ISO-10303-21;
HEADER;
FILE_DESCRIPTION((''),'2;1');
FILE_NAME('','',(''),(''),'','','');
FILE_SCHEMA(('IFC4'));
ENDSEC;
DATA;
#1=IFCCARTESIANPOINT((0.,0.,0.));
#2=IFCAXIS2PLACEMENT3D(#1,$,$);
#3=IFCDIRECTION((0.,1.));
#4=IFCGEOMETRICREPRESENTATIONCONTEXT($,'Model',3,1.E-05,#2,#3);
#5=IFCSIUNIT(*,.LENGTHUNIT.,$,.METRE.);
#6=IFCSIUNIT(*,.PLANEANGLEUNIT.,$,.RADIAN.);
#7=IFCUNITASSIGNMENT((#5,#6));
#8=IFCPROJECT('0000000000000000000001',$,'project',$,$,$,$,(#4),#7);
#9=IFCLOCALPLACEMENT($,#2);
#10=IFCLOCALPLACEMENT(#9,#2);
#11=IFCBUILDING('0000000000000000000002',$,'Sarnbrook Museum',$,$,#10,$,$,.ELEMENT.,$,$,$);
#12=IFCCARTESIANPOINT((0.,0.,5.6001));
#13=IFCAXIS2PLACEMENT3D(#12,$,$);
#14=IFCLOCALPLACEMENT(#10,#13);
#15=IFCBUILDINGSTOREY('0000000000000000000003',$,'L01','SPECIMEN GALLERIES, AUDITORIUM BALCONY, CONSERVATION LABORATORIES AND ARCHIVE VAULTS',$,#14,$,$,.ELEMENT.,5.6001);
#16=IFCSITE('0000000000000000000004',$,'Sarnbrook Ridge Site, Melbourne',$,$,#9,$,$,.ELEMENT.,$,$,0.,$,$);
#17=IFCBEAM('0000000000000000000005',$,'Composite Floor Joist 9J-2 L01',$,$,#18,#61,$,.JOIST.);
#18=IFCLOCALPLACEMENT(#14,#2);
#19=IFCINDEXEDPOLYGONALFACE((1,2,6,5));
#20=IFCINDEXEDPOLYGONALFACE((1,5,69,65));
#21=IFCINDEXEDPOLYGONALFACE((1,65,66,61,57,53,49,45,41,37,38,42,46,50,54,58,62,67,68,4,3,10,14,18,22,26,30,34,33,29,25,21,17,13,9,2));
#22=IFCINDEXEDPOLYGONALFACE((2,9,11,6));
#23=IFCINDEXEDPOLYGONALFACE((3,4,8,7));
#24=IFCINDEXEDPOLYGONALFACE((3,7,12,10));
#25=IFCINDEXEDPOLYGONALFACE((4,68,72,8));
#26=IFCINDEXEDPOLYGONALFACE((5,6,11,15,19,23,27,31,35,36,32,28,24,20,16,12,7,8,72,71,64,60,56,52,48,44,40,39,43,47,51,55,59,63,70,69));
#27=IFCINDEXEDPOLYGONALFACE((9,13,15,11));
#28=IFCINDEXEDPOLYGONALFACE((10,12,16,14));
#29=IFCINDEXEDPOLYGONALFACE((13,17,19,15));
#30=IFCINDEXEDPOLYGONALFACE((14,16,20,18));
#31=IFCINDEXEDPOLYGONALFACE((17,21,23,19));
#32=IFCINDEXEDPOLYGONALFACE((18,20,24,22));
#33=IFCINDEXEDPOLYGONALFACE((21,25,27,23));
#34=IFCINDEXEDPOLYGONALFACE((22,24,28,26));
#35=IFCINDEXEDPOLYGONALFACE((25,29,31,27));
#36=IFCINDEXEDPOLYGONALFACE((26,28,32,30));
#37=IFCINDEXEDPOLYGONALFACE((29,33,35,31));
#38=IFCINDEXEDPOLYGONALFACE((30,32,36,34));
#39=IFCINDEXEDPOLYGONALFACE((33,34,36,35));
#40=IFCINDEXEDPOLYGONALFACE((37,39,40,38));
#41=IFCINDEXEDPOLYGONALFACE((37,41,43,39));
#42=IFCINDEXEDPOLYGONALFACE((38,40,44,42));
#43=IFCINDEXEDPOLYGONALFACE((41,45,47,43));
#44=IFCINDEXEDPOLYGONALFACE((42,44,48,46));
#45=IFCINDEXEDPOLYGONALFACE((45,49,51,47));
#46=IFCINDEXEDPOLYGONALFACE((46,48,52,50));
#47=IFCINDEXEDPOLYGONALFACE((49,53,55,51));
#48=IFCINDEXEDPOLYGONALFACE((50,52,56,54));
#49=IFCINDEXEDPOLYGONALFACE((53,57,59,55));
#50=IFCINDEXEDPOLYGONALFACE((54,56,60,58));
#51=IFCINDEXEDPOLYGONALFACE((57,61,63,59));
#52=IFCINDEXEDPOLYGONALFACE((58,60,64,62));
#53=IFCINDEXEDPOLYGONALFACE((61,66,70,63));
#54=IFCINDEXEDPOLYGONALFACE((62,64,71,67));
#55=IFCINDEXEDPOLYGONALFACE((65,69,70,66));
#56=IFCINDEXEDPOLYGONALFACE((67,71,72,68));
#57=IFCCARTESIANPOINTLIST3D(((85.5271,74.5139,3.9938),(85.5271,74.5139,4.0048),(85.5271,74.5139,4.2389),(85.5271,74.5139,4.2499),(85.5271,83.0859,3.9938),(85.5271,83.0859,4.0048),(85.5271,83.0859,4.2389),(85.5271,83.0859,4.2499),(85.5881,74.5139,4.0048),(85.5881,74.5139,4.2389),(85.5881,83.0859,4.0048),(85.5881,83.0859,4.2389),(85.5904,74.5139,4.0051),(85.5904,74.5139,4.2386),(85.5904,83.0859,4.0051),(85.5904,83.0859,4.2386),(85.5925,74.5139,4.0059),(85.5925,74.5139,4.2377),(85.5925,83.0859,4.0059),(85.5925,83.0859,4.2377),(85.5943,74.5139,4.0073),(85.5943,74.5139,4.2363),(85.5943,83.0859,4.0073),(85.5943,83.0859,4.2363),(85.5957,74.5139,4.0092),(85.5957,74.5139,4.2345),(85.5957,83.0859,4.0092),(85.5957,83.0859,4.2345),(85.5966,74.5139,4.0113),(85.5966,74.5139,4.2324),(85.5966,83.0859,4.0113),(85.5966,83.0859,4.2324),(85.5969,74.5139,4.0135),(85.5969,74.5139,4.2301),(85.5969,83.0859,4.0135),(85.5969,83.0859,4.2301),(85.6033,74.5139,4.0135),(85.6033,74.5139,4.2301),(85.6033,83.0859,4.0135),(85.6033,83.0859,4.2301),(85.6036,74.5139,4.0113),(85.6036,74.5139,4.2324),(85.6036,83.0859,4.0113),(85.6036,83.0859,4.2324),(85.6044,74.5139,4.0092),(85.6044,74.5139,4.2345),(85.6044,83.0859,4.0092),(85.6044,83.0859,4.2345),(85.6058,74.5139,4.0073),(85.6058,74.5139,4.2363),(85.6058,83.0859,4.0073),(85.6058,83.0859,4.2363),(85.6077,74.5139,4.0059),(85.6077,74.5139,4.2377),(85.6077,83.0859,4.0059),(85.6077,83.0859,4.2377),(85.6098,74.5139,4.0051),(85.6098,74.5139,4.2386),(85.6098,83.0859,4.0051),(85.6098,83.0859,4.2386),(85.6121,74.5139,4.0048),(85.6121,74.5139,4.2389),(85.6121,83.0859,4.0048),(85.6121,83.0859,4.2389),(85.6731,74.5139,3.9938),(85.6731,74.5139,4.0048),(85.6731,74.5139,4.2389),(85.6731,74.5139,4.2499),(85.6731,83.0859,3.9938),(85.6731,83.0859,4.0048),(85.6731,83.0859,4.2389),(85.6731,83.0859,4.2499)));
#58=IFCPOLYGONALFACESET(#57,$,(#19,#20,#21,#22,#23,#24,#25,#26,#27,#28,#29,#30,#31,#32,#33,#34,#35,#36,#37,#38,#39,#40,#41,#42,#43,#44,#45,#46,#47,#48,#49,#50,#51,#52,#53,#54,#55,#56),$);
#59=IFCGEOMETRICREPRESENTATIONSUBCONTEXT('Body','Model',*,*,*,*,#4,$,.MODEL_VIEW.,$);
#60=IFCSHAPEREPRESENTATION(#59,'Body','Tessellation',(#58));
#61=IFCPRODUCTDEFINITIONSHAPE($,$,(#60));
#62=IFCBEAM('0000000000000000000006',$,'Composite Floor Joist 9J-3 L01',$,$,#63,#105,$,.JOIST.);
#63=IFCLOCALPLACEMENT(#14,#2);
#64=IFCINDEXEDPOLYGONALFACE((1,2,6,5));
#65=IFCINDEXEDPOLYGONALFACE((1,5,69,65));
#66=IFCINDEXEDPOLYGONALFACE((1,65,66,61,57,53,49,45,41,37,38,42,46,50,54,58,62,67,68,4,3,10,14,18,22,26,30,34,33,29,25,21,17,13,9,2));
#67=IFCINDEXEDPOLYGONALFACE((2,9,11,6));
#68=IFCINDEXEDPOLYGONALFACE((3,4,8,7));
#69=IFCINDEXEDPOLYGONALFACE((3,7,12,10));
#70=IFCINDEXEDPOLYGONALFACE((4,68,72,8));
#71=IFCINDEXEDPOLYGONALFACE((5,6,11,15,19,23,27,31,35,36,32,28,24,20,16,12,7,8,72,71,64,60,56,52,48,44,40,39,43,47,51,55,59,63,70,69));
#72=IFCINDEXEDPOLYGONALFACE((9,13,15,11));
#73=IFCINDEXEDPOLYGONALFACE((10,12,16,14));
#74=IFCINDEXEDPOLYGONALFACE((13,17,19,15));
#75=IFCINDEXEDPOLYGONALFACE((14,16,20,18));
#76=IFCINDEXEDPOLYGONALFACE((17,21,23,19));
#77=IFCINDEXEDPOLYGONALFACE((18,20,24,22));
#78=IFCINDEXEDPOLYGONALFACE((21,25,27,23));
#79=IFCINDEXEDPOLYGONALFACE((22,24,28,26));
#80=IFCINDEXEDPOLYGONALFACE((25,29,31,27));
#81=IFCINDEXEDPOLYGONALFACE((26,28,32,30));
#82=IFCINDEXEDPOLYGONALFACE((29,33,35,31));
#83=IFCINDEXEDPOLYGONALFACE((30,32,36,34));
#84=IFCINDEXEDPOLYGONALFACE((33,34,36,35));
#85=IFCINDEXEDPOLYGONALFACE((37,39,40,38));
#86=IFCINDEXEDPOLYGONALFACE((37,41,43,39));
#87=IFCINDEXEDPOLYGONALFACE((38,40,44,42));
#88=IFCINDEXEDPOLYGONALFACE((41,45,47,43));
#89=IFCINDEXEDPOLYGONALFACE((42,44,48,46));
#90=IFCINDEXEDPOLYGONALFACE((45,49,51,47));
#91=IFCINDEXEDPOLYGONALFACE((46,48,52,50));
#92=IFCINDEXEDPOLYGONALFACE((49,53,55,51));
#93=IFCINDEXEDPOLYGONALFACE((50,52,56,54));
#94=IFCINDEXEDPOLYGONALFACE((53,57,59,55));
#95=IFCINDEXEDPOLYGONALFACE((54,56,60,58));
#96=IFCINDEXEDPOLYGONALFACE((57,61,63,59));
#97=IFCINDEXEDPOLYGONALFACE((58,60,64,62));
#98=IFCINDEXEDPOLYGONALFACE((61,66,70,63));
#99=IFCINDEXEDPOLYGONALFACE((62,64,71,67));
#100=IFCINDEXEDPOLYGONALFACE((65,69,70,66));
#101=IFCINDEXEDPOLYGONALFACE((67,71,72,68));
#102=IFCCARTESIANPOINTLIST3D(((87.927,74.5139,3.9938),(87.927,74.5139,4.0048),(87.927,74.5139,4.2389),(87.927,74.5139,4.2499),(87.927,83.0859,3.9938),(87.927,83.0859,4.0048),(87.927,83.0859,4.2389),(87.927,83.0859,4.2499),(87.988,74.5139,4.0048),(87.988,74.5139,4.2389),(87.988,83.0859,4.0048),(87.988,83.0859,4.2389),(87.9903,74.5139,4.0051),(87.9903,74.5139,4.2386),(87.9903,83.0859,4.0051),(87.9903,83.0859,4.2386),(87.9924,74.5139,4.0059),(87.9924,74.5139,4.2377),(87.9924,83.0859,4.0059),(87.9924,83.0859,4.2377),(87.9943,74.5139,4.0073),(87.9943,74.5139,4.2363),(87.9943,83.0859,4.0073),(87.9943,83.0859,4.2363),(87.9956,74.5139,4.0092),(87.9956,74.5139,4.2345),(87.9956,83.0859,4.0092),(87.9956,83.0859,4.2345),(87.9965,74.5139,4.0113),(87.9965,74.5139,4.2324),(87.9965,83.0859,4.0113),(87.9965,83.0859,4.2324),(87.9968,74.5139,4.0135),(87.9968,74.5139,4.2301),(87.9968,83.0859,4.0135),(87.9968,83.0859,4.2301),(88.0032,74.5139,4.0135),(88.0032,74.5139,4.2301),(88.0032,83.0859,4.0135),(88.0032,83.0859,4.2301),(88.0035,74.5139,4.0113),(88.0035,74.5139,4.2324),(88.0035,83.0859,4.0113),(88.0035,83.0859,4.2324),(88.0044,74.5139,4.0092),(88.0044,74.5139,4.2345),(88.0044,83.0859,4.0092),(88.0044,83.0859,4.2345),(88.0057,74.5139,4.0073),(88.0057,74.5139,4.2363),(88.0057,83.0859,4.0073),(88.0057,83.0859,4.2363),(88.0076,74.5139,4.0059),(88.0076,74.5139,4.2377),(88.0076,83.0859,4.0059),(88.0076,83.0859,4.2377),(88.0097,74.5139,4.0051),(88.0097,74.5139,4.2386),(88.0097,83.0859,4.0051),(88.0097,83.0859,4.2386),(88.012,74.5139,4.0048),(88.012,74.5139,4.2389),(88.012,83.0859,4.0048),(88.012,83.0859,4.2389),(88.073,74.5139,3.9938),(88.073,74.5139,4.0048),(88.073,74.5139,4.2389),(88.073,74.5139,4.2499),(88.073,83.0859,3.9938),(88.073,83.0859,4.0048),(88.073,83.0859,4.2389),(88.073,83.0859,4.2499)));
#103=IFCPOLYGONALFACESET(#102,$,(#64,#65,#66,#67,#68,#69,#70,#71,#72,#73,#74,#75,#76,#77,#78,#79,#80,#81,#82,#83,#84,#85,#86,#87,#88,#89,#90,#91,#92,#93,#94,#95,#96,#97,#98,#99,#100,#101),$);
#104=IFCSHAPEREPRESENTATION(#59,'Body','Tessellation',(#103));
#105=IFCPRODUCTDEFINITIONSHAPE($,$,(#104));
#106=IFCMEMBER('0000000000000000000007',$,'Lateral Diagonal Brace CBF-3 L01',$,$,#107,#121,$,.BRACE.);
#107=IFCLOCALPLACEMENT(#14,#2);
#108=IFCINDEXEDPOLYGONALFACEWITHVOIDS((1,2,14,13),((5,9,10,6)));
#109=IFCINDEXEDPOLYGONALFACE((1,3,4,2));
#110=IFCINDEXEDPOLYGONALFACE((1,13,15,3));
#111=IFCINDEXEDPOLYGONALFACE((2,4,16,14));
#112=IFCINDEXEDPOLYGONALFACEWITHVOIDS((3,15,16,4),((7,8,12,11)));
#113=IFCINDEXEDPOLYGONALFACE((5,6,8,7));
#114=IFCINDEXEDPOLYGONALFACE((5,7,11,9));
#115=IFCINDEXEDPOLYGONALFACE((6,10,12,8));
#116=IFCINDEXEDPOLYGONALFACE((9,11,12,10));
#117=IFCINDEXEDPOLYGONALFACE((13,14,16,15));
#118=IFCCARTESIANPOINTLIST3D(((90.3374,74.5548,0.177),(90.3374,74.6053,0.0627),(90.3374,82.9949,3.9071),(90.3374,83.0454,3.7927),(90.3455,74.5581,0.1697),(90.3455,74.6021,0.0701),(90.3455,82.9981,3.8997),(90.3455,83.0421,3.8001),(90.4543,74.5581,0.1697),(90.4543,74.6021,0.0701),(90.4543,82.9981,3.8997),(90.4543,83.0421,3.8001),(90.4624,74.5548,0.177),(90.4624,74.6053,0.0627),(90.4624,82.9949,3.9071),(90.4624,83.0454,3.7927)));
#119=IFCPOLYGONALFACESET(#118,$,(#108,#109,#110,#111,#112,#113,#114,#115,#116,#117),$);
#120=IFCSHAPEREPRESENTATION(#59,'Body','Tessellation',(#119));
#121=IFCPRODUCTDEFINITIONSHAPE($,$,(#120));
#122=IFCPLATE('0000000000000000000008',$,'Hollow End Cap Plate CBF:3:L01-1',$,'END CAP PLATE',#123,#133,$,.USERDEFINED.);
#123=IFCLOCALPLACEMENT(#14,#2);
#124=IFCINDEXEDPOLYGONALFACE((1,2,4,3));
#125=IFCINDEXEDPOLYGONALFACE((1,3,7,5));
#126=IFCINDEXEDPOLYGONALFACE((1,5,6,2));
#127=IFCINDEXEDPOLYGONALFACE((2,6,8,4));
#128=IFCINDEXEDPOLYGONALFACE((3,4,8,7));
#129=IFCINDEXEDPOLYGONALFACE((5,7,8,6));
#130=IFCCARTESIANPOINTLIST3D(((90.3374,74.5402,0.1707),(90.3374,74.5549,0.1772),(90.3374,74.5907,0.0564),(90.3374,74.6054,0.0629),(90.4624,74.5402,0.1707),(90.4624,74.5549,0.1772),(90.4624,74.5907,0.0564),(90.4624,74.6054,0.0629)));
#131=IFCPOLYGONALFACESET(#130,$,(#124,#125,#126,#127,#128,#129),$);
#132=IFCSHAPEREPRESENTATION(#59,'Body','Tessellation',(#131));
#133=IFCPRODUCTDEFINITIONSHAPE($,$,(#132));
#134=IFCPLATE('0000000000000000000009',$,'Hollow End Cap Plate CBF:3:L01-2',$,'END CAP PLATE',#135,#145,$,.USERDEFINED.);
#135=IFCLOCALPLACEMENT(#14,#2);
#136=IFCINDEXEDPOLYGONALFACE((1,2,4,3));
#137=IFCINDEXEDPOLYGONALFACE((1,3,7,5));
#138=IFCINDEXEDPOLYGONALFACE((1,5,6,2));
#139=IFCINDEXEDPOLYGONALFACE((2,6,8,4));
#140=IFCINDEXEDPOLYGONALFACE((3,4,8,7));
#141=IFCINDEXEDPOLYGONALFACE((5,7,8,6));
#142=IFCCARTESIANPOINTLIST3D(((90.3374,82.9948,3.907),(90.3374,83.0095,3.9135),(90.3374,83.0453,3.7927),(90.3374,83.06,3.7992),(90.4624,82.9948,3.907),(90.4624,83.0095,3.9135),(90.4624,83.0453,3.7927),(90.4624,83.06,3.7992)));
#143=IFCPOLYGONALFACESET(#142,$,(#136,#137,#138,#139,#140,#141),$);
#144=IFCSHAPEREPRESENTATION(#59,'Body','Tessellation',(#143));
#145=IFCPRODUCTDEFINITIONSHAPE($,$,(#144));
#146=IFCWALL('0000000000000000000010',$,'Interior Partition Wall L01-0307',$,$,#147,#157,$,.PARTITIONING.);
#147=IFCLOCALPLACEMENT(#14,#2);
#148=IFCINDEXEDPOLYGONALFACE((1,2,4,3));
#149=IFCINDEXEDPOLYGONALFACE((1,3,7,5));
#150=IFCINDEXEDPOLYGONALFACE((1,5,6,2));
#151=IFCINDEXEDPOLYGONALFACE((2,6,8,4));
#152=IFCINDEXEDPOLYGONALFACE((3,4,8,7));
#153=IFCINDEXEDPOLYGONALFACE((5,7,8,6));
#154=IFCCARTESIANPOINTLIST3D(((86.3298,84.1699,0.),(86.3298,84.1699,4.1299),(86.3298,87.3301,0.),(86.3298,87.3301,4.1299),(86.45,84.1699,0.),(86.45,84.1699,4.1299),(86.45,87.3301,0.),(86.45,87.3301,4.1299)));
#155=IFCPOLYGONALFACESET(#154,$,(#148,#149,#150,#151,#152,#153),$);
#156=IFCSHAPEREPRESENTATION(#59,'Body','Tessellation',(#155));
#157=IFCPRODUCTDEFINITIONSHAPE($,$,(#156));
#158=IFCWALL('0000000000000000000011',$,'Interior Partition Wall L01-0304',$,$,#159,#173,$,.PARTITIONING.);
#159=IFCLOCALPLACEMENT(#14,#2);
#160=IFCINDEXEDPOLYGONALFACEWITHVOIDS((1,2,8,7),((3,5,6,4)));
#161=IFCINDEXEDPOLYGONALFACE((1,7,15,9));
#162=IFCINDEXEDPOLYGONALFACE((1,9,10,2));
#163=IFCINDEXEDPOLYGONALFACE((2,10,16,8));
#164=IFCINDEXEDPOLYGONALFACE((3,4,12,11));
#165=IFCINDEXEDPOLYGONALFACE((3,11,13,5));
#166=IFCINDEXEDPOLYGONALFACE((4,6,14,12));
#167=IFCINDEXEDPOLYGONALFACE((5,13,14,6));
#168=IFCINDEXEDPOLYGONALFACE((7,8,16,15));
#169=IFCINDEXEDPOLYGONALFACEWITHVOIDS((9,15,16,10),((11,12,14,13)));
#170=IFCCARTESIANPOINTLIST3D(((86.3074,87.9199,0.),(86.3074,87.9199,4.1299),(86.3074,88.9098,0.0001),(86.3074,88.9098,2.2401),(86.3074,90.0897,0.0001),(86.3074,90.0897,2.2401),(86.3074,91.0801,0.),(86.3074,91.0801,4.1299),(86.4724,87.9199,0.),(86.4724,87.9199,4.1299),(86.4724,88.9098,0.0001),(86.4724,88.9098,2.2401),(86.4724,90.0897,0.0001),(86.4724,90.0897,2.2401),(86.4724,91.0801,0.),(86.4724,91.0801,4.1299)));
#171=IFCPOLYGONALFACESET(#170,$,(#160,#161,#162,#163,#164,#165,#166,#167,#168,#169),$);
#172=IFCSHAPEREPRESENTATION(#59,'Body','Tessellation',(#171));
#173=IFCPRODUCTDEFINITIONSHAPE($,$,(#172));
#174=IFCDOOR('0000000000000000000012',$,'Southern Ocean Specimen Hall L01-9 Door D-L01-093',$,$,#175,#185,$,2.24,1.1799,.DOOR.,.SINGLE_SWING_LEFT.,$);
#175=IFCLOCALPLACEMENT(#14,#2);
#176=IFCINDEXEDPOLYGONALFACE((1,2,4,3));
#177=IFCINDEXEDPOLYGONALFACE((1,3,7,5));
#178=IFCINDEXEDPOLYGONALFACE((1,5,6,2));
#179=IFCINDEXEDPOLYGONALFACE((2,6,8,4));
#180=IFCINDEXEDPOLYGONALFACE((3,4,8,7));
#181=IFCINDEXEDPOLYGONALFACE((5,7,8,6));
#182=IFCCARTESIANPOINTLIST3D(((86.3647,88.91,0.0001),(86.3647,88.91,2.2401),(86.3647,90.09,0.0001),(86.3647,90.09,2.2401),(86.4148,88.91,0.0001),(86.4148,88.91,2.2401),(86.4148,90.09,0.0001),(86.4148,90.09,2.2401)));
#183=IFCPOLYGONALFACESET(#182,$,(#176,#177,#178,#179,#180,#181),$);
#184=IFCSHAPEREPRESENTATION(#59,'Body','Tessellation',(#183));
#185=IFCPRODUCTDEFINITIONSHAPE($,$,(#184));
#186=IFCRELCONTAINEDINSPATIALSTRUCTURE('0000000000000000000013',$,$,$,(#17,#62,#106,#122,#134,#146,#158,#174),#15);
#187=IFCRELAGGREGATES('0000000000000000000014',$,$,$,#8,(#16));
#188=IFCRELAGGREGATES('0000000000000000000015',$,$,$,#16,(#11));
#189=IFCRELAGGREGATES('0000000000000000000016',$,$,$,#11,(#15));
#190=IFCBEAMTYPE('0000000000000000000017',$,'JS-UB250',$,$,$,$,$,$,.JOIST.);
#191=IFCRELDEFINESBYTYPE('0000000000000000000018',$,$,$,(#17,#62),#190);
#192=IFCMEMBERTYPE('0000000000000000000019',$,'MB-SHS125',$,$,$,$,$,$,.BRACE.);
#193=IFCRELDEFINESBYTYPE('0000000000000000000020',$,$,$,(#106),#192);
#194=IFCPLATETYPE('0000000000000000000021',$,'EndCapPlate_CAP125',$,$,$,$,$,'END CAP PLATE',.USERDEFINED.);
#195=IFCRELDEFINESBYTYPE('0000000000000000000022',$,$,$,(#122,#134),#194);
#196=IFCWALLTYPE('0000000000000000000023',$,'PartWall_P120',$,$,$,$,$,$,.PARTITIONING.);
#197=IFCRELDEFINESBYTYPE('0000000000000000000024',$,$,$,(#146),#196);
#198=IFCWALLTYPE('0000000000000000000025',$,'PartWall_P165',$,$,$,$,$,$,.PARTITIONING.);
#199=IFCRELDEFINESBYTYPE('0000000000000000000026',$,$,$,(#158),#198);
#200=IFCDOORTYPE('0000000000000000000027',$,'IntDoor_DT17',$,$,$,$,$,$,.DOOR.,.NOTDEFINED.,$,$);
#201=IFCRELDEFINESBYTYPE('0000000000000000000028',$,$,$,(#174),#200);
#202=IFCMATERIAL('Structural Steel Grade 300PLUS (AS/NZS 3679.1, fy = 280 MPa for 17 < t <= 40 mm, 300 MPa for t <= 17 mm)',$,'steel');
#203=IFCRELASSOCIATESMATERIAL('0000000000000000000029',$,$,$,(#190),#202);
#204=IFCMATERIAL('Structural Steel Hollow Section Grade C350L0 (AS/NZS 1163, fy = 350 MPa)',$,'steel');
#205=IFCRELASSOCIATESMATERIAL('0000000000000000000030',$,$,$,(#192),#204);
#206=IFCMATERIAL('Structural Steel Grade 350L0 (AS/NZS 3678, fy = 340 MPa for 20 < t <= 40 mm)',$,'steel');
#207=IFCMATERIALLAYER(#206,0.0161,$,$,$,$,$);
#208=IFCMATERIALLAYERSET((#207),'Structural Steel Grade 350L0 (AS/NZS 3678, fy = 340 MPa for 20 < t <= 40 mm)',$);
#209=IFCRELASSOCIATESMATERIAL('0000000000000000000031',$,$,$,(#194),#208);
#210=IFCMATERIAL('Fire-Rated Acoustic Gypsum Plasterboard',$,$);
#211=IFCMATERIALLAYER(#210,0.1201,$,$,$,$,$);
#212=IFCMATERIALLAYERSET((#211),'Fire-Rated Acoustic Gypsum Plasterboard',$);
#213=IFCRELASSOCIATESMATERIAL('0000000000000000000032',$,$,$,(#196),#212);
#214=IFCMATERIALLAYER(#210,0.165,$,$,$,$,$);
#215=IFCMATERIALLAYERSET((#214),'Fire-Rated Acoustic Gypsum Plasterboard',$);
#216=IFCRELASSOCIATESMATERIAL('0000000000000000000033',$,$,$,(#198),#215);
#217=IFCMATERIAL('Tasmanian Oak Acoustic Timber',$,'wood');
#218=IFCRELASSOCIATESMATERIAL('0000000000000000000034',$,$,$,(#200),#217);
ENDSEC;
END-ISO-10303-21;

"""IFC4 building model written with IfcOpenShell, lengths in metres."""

from ifc_helpers import new_model, si_unit, direction, frame, frame_2d, origin, origin_2d, place, context, subcontext, project, spatial, rectangle, hollow_rectangle, i_section, extrude, material, layer, layer_set, material_profile, profile_set, type_object, element, fill, save


model = new_model("IFC4")

# Units and contexts
model_context = context("Model", 3, precision=1e-05, world=origin(), true_north=direction((0.0, 1.0)))
body_context = subcontext(model_context, "Body", "Model", "MODEL_VIEW")
ifc_project = project(units=[si_unit("LENGTHUNIT", "METRE"), si_unit("PLANEANGLEUNIT", "RADIAN")], contexts=[model_context])

# Site, building, storey
site_placement = place(None, origin())
site = spatial("IfcSite", under=ifc_project, at=site_placement, Name="Sarnbrook Ridge Site, Melbourne", CompositionType="ELEMENT", RefElevation=0.0)
building_placement = place(site_placement, origin())
building = spatial("IfcBuilding", under=site, at=building_placement, Name="Sarnbrook Museum", CompositionType="ELEMENT")
storey_placement = place(building_placement, frame((0.0, 0.0, 5.6001)))
storey = spatial("IfcBuildingStorey", under=building, at=storey_placement, Name="L01", Description="SPECIMEN GALLERIES, AUDITORIUM BALCONY, CONSERVATION LABORATORIES AND ARCHIVE VAULTS", CompositionType="ELEMENT", Elevation=5.6001)

# Shared definitions
ifc_material_1 = material(Name="Structural Steel Grade 350L0 (AS/NZS 3678, fy = 340 MPa for 20 < t <= 40 mm)", Category="steel")

# Beams
ifc_material_2 = material(Name="Structural Steel Grade 300PLUS (AS/NZS 3679.1, fy = 280 MPa for 17 < t <= 40 mm, 300 MPa for t <= 17 mm)", Category="steel")
ifc_material_profile_1 = material_profile(ifc_material_2, i_section(OverallWidth=0.146, OverallDepth=0.2561, WebThickness=0.0063, FlangeThickness=0.011, FilletRadius=0.0088, at=origin_2d()), Name="250UB37.3")
ifc_profile_set_1 = profile_set([ifc_material_profile_1], Name="Structural Steel Grade 300PLUS (AS/NZS 3679.1, fy = 280 MPa for 17 < t <= 40 mm, 300 MPa for t <= 17 mm)")
beam_type_1 = type_object("IfcBeamType", Name="JS-UB250", PredefinedType="JOIST", material=ifc_profile_set_1)
for number, where, z_axis, x_axis, name in (
    (1, (85.6001, 74.5139, 4.1218), (0.0, 1.0, 0.0), (-1.0, 0.0, 0.0), "Composite Floor Joist 9J-2 L01"),
    (2, (88.0, 74.5139, 4.1218), (0.0, 1.0, 0.0), (-1.0, 0.0, 0.0), "Composite Floor Joist 9J-3 L01"),
):
    element("IfcBeam", number, at=place(storey_placement, frame(where, z_axis=z_axis, x_axis=x_axis)), inside=storey, type_object=beam_type_1, Name=name, PredefinedType="JOIST", context=body_context, shape_type="SweptSolid", body=[
        extrude(i_section(OverallWidth=0.146, OverallDepth=0.2561, WebThickness=0.0063, FlangeThickness=0.011, FilletRadius=0.0088, at=origin_2d()), origin(), (0.0, 0.0, 1.0), 8.572),
    ])

# Member
ifc_material_3 = material(Name="Structural Steel Hollow Section Grade C350L0 (AS/NZS 1163, fy = 350 MPa)", Category="steel")
ifc_material_profile_2 = material_profile(ifc_material_3, hollow_rectangle(XDim=0.125, YDim=0.125, WallThickness=0.0081, at=origin_2d()), Name="125x125x8.0SHS")
ifc_profile_set_2 = profile_set([ifc_material_profile_2], Name="Structural Steel Hollow Section Grade C350L0 (AS/NZS 1163, fy = 350 MPa)")
member_type = type_object("IfcMemberType", Name="MB-SHS125", PredefinedType="BRACE", material=ifc_profile_set_2)
member_placement = place(storey_placement, frame((90.3999, 74.5801, 0.1199), z_axis=(0.0, 0.914658, 0.404228), x_axis=(-1.0, 0.0, 0.0)))
element("IfcMember", 3, at=member_placement, inside=storey, type_object=member_type, Name="Lateral Diagonal Brace CBF-3 L01", PredefinedType="BRACE", context=body_context, shape_type="SweptSolid", body=[
    extrude(hollow_rectangle(XDim=0.125, YDim=0.125, WallThickness=0.0081, at=origin_2d()), origin(), (0.0, 0.0, 1.0), 9.2275),
])

# Plates
ifc_layer_1 = layer(ifc_material_1, 0.0161)
ifc_layer_set_1 = layer_set([ifc_layer_1], Name="Structural Steel Grade 350L0 (AS/NZS 3678, fy = 340 MPa for 20 < t <= 40 mm)")
plate_type = type_object("IfcPlateType", Name="EndCapPlate_CAP125", ElementType="END CAP PLATE", PredefinedType="USERDEFINED", material=ifc_layer_set_1)
for number, where, z_axis, x_axis, name in (
    (4, (90.3999, 74.5654, 0.1135), (0.0, 0.914659, 0.404227), (-1.0, 0.0, 0.0), "Hollow End Cap Plate CBF:3:L01-1"),
    (5, (90.3999, 83.02, 3.8499), (0.0, 0.914659, 0.404227), (-1.0, 0.0, 0.0), "Hollow End Cap Plate CBF:3:L01-2"),
):
    element("IfcPlate", number, at=place(storey_placement, frame(where, z_axis=z_axis, x_axis=x_axis)), inside=storey, type_object=plate_type, Name=name, ObjectType="END CAP PLATE", PredefinedType="USERDEFINED", context=body_context, shape_type="SweptSolid", body=[
        extrude(rectangle(XDim=0.125, YDim=0.125, at=origin_2d()), origin(), (0.0, 0.0, 1.0), 0.0161),
    ])

# Wall
ifc_material_4 = material(Name="Fire-Rated Acoustic Gypsum Plasterboard")
ifc_layer_2 = layer(ifc_material_4, 0.1201)
ifc_layer_set_2 = layer_set([ifc_layer_2], Name="Fire-Rated Acoustic Gypsum Plasterboard")
wall_type_1 = type_object("IfcWallType", Name="PartWall_P120", PredefinedType="PARTITIONING", material=ifc_layer_set_2)
wall_1_placement = place(storey_placement, frame((86.3899, 84.1699, 0.0), z_axis=(0.0, 0.0, 1.0), x_axis=(0.0, 1.0, 0.0)))
element("IfcWall", 6, at=wall_1_placement, inside=storey, type_object=wall_type_1, Name="Interior Partition Wall L01-0307", PredefinedType="PARTITIONING", context=body_context, shape_type="SweptSolid", body=[
    extrude(rectangle(XDim=3.1602, YDim=0.1201, at=frame_2d((1.5801, 0.0))), origin(), (0.0, 0.0, 1.0), 4.1299),
])

# Wall, opening, door
ifc_layer_3 = layer(ifc_material_4, 0.165)
ifc_layer_set_3 = layer_set([ifc_layer_3], Name="Fire-Rated Acoustic Gypsum Plasterboard")
wall_type_2 = type_object("IfcWallType", Name="PartWall_P165", PredefinedType="PARTITIONING", material=ifc_layer_set_3)
wall_2_placement = place(storey_placement, frame((86.3899, 87.9199, 0.0), z_axis=(0.0, 0.0, 1.0), x_axis=(0.0, 1.0, 0.0)))
wall_2 = element("IfcWall", 7, at=wall_2_placement, inside=storey, type_object=wall_type_2, Name="Interior Partition Wall L01-0304", PredefinedType="PARTITIONING", context=body_context, shape_type="SweptSolid", body=[
    extrude(rectangle(XDim=3.1602, YDim=0.165, at=frame_2d((1.5801, 0.0))), origin(), (0.0, 0.0, 1.0), 4.1299),
])
opening_1_placement = place(wall_2_placement, frame((0.99, 0.0, 0.0)))
opening_1 = element("IfcOpeningElement", 8, at=opening_1_placement, cuts=wall_2, PredefinedType="OPENING", context=body_context, shape_type="SweptSolid", body=[
    extrude(rectangle(XDim=1.1799, YDim=2.24, at=frame_2d((0.5898, 1.1201))), frame((0.0, 0.0925, 0.0), z_axis=(0.0, -1.0, 0.0), x_axis=(1.0, 0.0, 0.0)), (0.0, 0.0, 1.0), 0.1851),
])
ifc_material_5 = material(Name="Tasmanian Oak Acoustic Timber", Category="wood")
door_type_1 = type_object("IfcDoorType", Name="IntDoor_DT17", OperationType="NOTDEFINED", PredefinedType="DOOR", material=ifc_material_5)
door_1_placement = place(opening_1_placement, frame((1.1799, 0.0, 0.0), z_axis=(0.0, 0.0, 1.0), x_axis=(-1.0, 0.0, 0.0)))
door_1 = element("IfcDoor", 9, at=door_1_placement, inside=storey, type_object=door_type_1, Name="Southern Ocean Specimen Hall L01-9 Door D-L01-093", OperationType="SINGLE_SWING_LEFT", OverallHeight=2.24, OverallWidth=1.1799, PredefinedType="DOOR", context=body_context, shape_type="SweptSolid", body=[
    extrude(rectangle(XDim=1.1799, YDim=2.24, at=frame_2d((0.5898, 1.1201))), frame((0.0, 0.0249, 0.0), z_axis=(0.0, -1.0, 0.0), x_axis=(1.0, 0.0, 0.0)), (0.0, 0.0, 1.0), 0.05),
])
fill(opening_1, door_1)

save(model, "model.ifc")
